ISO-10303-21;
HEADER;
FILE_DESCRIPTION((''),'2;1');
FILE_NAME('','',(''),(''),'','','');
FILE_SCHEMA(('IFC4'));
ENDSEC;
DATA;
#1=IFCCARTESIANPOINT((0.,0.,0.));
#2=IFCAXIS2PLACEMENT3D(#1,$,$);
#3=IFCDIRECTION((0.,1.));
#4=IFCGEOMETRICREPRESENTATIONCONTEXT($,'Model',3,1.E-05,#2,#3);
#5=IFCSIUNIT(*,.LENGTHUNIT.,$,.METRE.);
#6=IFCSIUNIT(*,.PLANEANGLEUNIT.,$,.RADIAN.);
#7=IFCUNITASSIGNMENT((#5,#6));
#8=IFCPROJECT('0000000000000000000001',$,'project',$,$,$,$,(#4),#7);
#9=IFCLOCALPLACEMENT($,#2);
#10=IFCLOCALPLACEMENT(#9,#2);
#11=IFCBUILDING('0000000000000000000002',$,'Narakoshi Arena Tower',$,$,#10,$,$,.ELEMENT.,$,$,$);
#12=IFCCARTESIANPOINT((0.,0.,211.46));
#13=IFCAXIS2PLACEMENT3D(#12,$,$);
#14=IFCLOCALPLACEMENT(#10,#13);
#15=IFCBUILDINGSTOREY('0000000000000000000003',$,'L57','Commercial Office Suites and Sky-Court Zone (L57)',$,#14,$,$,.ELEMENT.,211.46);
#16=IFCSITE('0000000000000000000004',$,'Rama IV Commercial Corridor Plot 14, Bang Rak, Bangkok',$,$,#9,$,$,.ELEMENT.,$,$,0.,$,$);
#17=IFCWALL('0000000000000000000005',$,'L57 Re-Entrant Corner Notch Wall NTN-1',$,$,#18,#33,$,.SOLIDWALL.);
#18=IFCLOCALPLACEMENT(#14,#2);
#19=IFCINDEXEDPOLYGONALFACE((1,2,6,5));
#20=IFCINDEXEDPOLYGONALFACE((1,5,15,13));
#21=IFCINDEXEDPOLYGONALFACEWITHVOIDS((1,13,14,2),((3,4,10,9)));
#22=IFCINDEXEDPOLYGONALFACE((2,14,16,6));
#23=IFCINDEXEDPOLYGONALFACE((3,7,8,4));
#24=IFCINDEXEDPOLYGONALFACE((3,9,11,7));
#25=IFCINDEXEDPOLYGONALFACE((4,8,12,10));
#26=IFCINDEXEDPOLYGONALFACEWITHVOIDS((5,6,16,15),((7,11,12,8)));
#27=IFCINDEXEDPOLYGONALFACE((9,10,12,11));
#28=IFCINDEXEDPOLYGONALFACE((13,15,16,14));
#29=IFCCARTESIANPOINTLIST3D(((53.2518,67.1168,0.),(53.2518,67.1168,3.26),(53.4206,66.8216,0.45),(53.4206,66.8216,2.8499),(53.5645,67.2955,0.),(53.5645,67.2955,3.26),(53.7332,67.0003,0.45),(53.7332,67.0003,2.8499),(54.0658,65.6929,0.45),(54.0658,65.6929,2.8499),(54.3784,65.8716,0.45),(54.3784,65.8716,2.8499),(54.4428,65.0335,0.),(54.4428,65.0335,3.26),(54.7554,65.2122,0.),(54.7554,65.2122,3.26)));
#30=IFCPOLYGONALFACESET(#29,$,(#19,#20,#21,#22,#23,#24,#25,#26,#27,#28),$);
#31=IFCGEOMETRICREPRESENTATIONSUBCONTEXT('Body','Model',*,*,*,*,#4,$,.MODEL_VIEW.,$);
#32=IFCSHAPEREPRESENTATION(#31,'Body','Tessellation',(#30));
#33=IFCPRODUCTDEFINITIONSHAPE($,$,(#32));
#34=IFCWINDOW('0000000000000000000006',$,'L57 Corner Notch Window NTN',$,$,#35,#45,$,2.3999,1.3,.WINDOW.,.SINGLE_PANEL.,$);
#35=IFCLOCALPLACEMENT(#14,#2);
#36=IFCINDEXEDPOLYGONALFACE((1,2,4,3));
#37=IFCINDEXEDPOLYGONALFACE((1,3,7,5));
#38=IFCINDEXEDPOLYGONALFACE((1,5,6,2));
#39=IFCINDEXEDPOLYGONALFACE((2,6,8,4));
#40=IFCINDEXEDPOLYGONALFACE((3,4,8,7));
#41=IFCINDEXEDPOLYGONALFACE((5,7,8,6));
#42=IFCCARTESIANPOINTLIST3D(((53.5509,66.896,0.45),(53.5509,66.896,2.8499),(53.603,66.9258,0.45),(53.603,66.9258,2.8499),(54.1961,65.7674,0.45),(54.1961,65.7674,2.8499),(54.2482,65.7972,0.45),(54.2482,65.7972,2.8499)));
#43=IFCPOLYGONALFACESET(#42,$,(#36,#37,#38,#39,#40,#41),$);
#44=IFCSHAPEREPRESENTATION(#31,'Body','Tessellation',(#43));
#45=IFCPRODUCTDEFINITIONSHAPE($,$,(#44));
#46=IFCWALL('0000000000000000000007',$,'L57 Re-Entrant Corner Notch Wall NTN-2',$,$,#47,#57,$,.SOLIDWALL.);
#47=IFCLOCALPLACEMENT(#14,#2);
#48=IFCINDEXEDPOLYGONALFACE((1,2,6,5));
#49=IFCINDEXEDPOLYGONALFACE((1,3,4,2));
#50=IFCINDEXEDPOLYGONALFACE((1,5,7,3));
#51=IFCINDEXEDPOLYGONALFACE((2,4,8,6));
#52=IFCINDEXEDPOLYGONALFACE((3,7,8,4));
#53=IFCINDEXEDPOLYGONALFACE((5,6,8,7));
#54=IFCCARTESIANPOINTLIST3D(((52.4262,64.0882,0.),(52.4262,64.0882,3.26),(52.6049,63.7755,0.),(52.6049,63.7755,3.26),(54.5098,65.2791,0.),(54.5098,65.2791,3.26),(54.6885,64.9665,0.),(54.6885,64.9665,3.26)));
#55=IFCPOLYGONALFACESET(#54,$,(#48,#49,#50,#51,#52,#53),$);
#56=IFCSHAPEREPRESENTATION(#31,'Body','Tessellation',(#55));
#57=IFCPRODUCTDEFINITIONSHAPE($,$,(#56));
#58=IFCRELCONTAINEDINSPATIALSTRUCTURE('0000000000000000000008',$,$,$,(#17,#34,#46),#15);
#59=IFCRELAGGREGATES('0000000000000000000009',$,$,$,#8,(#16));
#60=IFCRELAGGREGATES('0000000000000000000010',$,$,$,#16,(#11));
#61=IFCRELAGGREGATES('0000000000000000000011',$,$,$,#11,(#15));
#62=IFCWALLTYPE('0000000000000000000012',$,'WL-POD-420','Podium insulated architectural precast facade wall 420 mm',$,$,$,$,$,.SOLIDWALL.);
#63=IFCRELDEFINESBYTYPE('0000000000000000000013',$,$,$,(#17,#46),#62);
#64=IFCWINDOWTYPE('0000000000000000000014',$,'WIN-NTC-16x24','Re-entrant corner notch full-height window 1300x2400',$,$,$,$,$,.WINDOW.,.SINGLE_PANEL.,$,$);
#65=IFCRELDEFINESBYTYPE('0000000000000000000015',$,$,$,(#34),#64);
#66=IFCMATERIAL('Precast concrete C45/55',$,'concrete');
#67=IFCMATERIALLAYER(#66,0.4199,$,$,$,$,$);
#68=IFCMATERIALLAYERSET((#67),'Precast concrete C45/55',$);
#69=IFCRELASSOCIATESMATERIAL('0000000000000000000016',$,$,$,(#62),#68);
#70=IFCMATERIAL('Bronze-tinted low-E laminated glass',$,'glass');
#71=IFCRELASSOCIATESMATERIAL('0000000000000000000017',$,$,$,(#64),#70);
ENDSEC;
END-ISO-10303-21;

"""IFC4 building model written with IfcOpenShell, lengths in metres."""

from ifc_helpers import new_model, si_unit, direction, frame, frame_2d, origin, place, context, subcontext, project, spatial, rectangle, extrude, material, layer, layer_set, type_object, element, fill, save


model = new_model("IFC4")

# Units and contexts
model_context = context("Model", 3, precision=1e-05, world=origin(), true_north=direction((0.0, 1.0)))
body_context = subcontext(model_context, "Body", "Model", "MODEL_VIEW")
ifc_project = project(units=[si_unit("LENGTHUNIT", "METRE"), si_unit("PLANEANGLEUNIT", "RADIAN")], contexts=[model_context])

# Site, building, storey
site_placement = place(None, origin())
site = spatial("IfcSite", under=ifc_project, at=site_placement, Name="Rama IV Commercial Corridor Plot 14, Bang Rak, Bangkok", CompositionType="ELEMENT", RefElevation=0.0)
building_placement = place(site_placement, origin())
building = spatial("IfcBuilding", under=site, at=building_placement, Name="Narakoshi Arena Tower", CompositionType="ELEMENT")
storey_placement = place(building_placement, frame((0.0, 0.0, 211.46)))
storey = spatial("IfcBuildingStorey", under=building, at=storey_placement, Name="L57", Description="Commercial Office Suites and Sky-Court Zone (L57)", CompositionType="ELEMENT", Elevation=211.46)

# Shared definitions
ifc_material_1 = material(Name="Bronze-tinted low-E laminated glass", Category="glass")

# Shared definitions
ifc_material_2 = material(Name="Precast concrete C45/55", Category="concrete")

# Wall, opening, window
ifc_layer_1 = layer(ifc_material_2, 0.4199)
ifc_layer_set_1 = layer_set([ifc_layer_1], Name="Precast concrete C45/55")
wall_type_1 = type_object("IfcWallType", Name="WL-POD-420", Description="Podium insulated architectural precast facade wall 420 mm", PredefinedType="SOLIDWALL", material=ifc_layer_set_1)
wall_1_placement = place(storey_placement, frame((53.4082, 67.2061, 0.0), z_axis=(0.0, 0.0, 1.0), x_axis=(0.496292, -0.868155, 0.0)))
wall_1 = element("IfcWall", 1, at=wall_1_placement, inside=storey, type_object=wall_type_1, Name="L57 Re-Entrant Corner Notch Wall NTN-1", PredefinedType="SOLIDWALL", context=body_context, shape_type="SweptSolid", body=[
    extrude(rectangle(XDim=2.3997, YDim=0.3601, at=frame_2d((1.1997, 0.0))), origin(), (0.0, 0.0, 1.0), 3.26),
])
opening_1_placement = place(wall_1_placement, frame((0.3401, 0.0, 0.45)))
opening_1 = element("IfcOpeningElement", 2, at=opening_1_placement, cuts=wall_1, PredefinedType="OPENING", context=body_context, shape_type="SweptSolid", body=[
    extrude(rectangle(XDim=1.3, YDim=2.3999, at=frame_2d((0.6499, 1.2))), frame((0.0, 0.1899, 0.0), z_axis=(0.0, -1.0, 0.0), x_axis=(1.0, 0.0, 0.0)), (0.0, 0.0, 1.0), 0.3801),
])
window_type_1 = type_object("IfcWindowType", Name="WIN-NTC-16x24", Description="Re-entrant corner notch full-height window 1300x2400", PartitioningType="SINGLE_PANEL", PredefinedType="WINDOW", material=ifc_material_1)
window_1_placement = place(opening_1_placement, origin())
window_1 = element("IfcWindow", 3, at=window_1_placement, inside=storey, type_object=window_type_1, Name="L57 Corner Notch Window NTN", OverallHeight=2.3999, OverallWidth=1.3, PartitioningType="SINGLE_PANEL", PredefinedType="WINDOW", context=body_context, shape_type="SweptSolid", body=[
    extrude(rectangle(XDim=1.3, YDim=2.3999, at=frame_2d((0.6499, 1.2))), frame((0.0, 0.03, 0.0), z_axis=(0.0, -1.0, 0.0), x_axis=(1.0, 0.0, 0.0)), (0.0, 0.0, 1.0), 0.0601),
])
fill(opening_1, window_1)

# Wall
wall_2_placement = place(storey_placement, frame((54.5991, 65.1228, 0.0), z_axis=(0.0, 0.0, 1.0), x_axis=(-0.868181, -0.496248, 0.0)))
element("IfcWall", 4, at=wall_2_placement, inside=storey, type_object=wall_type_1, Name="L57 Re-Entrant Corner Notch Wall NTN-2", PredefinedType="SOLIDWALL", context=body_context, shape_type="SweptSolid", body=[
    extrude(rectangle(XDim=2.3999, YDim=0.3601, at=frame_2d((1.2, 0.0))), origin(), (0.0, 0.0, 1.0), 3.26),
])

save(model, "model.ifc")
